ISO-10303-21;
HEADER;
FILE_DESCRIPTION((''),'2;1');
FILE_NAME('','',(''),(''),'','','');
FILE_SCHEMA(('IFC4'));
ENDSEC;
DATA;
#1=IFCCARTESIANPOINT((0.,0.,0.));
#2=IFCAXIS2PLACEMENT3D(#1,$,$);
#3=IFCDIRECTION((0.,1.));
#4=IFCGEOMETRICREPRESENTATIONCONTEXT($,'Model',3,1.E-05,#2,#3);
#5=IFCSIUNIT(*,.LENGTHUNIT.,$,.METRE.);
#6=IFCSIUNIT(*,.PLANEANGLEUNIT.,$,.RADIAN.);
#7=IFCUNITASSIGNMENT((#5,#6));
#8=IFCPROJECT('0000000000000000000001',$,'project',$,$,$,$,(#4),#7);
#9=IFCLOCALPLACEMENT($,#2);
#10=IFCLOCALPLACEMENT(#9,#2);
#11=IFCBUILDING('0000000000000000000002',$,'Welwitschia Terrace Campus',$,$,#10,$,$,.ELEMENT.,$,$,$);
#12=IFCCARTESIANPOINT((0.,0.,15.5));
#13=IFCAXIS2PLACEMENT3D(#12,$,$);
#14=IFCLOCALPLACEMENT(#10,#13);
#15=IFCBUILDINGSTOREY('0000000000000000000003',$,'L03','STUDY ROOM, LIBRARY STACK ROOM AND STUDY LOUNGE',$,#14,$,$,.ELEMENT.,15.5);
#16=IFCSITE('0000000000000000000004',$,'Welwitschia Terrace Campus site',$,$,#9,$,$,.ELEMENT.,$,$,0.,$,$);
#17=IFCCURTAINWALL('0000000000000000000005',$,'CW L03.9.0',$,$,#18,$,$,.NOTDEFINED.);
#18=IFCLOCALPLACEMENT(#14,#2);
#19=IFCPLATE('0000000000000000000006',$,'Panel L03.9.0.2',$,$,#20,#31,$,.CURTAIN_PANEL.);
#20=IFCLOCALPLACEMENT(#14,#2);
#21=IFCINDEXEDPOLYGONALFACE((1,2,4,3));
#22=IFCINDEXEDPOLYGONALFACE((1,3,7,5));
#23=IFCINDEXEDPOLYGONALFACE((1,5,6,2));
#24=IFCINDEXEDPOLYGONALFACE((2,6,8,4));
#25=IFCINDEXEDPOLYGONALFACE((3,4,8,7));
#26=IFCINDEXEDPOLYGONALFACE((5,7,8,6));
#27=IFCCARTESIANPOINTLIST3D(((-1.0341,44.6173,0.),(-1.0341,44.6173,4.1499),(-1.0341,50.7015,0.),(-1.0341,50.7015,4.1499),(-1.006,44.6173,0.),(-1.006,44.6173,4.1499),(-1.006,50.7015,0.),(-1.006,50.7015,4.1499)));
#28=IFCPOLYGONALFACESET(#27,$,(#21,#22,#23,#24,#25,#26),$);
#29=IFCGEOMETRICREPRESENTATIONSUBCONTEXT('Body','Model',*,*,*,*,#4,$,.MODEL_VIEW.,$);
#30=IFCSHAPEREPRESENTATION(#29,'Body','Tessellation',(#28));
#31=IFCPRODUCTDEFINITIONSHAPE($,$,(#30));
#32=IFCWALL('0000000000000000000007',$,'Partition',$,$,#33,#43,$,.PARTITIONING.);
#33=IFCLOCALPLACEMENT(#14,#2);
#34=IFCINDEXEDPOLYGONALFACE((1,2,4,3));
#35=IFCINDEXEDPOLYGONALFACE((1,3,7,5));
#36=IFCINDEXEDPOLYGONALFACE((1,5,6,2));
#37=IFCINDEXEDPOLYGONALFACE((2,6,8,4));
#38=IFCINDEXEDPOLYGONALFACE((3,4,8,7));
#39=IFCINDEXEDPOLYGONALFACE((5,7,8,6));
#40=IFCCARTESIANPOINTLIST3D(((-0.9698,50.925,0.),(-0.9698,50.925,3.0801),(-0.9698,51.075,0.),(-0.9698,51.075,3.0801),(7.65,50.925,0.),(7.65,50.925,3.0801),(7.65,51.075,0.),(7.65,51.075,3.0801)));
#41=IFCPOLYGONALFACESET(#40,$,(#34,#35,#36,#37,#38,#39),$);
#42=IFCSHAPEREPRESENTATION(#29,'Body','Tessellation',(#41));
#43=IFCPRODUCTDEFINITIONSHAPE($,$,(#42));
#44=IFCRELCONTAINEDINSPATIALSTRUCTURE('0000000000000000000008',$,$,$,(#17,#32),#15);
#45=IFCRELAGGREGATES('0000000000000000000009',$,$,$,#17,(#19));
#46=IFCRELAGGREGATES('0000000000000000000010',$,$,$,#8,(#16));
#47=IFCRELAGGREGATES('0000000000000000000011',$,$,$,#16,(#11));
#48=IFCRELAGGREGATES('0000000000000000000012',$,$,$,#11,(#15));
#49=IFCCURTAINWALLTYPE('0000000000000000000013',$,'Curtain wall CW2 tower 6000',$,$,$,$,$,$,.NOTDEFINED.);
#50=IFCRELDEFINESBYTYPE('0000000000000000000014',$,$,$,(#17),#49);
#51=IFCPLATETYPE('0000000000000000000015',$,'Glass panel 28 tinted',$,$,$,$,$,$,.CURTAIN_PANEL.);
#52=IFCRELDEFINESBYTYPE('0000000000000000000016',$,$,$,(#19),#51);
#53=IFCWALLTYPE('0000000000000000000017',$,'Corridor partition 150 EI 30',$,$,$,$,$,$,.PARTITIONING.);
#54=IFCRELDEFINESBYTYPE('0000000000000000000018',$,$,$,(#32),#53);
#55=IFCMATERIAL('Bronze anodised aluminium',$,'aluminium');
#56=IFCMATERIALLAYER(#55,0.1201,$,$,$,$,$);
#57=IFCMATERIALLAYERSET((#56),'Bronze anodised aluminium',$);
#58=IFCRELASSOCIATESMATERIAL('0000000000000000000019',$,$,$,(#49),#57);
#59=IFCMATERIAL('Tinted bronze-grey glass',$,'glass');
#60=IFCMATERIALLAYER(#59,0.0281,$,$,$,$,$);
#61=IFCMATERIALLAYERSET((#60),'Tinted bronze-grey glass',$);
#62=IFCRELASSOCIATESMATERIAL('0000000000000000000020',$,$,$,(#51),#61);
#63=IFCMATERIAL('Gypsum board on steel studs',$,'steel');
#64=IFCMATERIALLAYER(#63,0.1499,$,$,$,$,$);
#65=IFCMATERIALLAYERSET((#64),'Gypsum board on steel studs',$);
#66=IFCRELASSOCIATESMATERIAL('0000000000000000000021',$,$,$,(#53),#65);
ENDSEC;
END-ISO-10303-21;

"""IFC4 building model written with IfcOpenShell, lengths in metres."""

from ifc_helpers import new_model, si_unit, direction, frame, frame_2d, origin, origin_2d, place, context, subcontext, project, spatial, rectangle, extrude, material, layer, layer_set, type_object, element, aggregate, save


model = new_model("IFC4")

# Units and contexts
model_context = context("Model", 3, precision=1e-05, world=origin(), true_north=direction((0.0, 1.0)))
body_context = subcontext(model_context, "Body", "Model", "MODEL_VIEW")
ifc_project = project(units=[si_unit("LENGTHUNIT", "METRE"), si_unit("PLANEANGLEUNIT", "RADIAN")], contexts=[model_context])

# Site, building, storey
site_placement = place(None, origin())
site = spatial("IfcSite", under=ifc_project, at=site_placement, Name="Welwitschia Terrace Campus site", CompositionType="ELEMENT", RefElevation=0.0)
building_placement = place(site_placement, origin())
building = spatial("IfcBuilding", under=site, at=building_placement, Name="Welwitschia Terrace Campus", CompositionType="ELEMENT")
storey_placement = place(building_placement, frame((0.0, 0.0, 15.5)))
storey = spatial("IfcBuildingStorey", under=building, at=storey_placement, Name="L03", Description="STUDY ROOM, LIBRARY STACK ROOM AND STUDY LOUNGE", CompositionType="ELEMENT", Elevation=15.5)

# Curtain wall
ifc_material_1 = material(Name="Bronze anodised aluminium", Category="aluminium")
ifc_layer_1 = layer(ifc_material_1, 0.1201)
ifc_layer_set_1 = layer_set([ifc_layer_1], Name="Bronze anodised aluminium")
curtain_wall_type = type_object("IfcCurtainWallType", Name="Curtain wall CW2 tower 6000", PredefinedType="NOTDEFINED", material=ifc_layer_set_1)
curtain_wall_1_placement = place(storey_placement, origin())
curtain_wall_1 = element("IfcCurtainWall", 1, at=curtain_wall_1_placement, inside=storey, type_object=curtain_wall_type, Name="CW L03.9.0", PredefinedType="NOTDEFINED")

# Plate
ifc_material_2 = material(Name="Tinted bronze-grey glass", Category="glass")
ifc_layer_2 = layer(ifc_material_2, 0.0281)
ifc_layer_set_2 = layer_set([ifc_layer_2], Name="Tinted bronze-grey glass")
plate_type = type_object("IfcPlateType", Name="Glass panel 28 tinted", PredefinedType="CURTAIN_PANEL", material=ifc_layer_set_2)
plate_1_placement = place(storey_placement, frame((-1.02, 47.6594, 0.0), z_axis=(0.0, 0.0, 1.0), x_axis=(0.0, -1.0, 0.0)))
plate_1 = element("IfcPlate", 2, at=plate_1_placement, type_object=plate_type, Name="Panel L03.9.0.2", PredefinedType="CURTAIN_PANEL", context=body_context, shape_type="SweptSolid", body=[
    extrude(rectangle(XDim=6.0842, YDim=0.0281, at=origin_2d()), origin(), (0.0, 0.0, 1.0), 4.1499),
])
aggregate(curtain_wall_1, [plate_1])

# Wall
ifc_material_3 = material(Name="Gypsum board on steel studs", Category="steel")
ifc_layer_3 = layer(ifc_material_3, 0.1499)
ifc_layer_set_3 = layer_set([ifc_layer_3], Name="Gypsum board on steel studs")
wall_type = type_object("IfcWallType", Name="Corridor partition 150 EI 30", PredefinedType="PARTITIONING", material=ifc_layer_set_3)
wall_placement = place(storey_placement, frame((-0.97, 51.0, 0.0), z_axis=(0.0, 0.0, 1.0), x_axis=(1.0, 0.0, 0.0)))
element("IfcWall", 3, at=wall_placement, inside=storey, type_object=wall_type, Name="Partition", PredefinedType="PARTITIONING", context=body_context, shape_type="SweptSolid", body=[
    extrude(rectangle(XDim=8.6199, YDim=0.1499, at=frame_2d((4.3101, 0.0))), origin(), (0.0, 0.0, 1.0), 3.0801),
])

save(model, "model.ifc")
